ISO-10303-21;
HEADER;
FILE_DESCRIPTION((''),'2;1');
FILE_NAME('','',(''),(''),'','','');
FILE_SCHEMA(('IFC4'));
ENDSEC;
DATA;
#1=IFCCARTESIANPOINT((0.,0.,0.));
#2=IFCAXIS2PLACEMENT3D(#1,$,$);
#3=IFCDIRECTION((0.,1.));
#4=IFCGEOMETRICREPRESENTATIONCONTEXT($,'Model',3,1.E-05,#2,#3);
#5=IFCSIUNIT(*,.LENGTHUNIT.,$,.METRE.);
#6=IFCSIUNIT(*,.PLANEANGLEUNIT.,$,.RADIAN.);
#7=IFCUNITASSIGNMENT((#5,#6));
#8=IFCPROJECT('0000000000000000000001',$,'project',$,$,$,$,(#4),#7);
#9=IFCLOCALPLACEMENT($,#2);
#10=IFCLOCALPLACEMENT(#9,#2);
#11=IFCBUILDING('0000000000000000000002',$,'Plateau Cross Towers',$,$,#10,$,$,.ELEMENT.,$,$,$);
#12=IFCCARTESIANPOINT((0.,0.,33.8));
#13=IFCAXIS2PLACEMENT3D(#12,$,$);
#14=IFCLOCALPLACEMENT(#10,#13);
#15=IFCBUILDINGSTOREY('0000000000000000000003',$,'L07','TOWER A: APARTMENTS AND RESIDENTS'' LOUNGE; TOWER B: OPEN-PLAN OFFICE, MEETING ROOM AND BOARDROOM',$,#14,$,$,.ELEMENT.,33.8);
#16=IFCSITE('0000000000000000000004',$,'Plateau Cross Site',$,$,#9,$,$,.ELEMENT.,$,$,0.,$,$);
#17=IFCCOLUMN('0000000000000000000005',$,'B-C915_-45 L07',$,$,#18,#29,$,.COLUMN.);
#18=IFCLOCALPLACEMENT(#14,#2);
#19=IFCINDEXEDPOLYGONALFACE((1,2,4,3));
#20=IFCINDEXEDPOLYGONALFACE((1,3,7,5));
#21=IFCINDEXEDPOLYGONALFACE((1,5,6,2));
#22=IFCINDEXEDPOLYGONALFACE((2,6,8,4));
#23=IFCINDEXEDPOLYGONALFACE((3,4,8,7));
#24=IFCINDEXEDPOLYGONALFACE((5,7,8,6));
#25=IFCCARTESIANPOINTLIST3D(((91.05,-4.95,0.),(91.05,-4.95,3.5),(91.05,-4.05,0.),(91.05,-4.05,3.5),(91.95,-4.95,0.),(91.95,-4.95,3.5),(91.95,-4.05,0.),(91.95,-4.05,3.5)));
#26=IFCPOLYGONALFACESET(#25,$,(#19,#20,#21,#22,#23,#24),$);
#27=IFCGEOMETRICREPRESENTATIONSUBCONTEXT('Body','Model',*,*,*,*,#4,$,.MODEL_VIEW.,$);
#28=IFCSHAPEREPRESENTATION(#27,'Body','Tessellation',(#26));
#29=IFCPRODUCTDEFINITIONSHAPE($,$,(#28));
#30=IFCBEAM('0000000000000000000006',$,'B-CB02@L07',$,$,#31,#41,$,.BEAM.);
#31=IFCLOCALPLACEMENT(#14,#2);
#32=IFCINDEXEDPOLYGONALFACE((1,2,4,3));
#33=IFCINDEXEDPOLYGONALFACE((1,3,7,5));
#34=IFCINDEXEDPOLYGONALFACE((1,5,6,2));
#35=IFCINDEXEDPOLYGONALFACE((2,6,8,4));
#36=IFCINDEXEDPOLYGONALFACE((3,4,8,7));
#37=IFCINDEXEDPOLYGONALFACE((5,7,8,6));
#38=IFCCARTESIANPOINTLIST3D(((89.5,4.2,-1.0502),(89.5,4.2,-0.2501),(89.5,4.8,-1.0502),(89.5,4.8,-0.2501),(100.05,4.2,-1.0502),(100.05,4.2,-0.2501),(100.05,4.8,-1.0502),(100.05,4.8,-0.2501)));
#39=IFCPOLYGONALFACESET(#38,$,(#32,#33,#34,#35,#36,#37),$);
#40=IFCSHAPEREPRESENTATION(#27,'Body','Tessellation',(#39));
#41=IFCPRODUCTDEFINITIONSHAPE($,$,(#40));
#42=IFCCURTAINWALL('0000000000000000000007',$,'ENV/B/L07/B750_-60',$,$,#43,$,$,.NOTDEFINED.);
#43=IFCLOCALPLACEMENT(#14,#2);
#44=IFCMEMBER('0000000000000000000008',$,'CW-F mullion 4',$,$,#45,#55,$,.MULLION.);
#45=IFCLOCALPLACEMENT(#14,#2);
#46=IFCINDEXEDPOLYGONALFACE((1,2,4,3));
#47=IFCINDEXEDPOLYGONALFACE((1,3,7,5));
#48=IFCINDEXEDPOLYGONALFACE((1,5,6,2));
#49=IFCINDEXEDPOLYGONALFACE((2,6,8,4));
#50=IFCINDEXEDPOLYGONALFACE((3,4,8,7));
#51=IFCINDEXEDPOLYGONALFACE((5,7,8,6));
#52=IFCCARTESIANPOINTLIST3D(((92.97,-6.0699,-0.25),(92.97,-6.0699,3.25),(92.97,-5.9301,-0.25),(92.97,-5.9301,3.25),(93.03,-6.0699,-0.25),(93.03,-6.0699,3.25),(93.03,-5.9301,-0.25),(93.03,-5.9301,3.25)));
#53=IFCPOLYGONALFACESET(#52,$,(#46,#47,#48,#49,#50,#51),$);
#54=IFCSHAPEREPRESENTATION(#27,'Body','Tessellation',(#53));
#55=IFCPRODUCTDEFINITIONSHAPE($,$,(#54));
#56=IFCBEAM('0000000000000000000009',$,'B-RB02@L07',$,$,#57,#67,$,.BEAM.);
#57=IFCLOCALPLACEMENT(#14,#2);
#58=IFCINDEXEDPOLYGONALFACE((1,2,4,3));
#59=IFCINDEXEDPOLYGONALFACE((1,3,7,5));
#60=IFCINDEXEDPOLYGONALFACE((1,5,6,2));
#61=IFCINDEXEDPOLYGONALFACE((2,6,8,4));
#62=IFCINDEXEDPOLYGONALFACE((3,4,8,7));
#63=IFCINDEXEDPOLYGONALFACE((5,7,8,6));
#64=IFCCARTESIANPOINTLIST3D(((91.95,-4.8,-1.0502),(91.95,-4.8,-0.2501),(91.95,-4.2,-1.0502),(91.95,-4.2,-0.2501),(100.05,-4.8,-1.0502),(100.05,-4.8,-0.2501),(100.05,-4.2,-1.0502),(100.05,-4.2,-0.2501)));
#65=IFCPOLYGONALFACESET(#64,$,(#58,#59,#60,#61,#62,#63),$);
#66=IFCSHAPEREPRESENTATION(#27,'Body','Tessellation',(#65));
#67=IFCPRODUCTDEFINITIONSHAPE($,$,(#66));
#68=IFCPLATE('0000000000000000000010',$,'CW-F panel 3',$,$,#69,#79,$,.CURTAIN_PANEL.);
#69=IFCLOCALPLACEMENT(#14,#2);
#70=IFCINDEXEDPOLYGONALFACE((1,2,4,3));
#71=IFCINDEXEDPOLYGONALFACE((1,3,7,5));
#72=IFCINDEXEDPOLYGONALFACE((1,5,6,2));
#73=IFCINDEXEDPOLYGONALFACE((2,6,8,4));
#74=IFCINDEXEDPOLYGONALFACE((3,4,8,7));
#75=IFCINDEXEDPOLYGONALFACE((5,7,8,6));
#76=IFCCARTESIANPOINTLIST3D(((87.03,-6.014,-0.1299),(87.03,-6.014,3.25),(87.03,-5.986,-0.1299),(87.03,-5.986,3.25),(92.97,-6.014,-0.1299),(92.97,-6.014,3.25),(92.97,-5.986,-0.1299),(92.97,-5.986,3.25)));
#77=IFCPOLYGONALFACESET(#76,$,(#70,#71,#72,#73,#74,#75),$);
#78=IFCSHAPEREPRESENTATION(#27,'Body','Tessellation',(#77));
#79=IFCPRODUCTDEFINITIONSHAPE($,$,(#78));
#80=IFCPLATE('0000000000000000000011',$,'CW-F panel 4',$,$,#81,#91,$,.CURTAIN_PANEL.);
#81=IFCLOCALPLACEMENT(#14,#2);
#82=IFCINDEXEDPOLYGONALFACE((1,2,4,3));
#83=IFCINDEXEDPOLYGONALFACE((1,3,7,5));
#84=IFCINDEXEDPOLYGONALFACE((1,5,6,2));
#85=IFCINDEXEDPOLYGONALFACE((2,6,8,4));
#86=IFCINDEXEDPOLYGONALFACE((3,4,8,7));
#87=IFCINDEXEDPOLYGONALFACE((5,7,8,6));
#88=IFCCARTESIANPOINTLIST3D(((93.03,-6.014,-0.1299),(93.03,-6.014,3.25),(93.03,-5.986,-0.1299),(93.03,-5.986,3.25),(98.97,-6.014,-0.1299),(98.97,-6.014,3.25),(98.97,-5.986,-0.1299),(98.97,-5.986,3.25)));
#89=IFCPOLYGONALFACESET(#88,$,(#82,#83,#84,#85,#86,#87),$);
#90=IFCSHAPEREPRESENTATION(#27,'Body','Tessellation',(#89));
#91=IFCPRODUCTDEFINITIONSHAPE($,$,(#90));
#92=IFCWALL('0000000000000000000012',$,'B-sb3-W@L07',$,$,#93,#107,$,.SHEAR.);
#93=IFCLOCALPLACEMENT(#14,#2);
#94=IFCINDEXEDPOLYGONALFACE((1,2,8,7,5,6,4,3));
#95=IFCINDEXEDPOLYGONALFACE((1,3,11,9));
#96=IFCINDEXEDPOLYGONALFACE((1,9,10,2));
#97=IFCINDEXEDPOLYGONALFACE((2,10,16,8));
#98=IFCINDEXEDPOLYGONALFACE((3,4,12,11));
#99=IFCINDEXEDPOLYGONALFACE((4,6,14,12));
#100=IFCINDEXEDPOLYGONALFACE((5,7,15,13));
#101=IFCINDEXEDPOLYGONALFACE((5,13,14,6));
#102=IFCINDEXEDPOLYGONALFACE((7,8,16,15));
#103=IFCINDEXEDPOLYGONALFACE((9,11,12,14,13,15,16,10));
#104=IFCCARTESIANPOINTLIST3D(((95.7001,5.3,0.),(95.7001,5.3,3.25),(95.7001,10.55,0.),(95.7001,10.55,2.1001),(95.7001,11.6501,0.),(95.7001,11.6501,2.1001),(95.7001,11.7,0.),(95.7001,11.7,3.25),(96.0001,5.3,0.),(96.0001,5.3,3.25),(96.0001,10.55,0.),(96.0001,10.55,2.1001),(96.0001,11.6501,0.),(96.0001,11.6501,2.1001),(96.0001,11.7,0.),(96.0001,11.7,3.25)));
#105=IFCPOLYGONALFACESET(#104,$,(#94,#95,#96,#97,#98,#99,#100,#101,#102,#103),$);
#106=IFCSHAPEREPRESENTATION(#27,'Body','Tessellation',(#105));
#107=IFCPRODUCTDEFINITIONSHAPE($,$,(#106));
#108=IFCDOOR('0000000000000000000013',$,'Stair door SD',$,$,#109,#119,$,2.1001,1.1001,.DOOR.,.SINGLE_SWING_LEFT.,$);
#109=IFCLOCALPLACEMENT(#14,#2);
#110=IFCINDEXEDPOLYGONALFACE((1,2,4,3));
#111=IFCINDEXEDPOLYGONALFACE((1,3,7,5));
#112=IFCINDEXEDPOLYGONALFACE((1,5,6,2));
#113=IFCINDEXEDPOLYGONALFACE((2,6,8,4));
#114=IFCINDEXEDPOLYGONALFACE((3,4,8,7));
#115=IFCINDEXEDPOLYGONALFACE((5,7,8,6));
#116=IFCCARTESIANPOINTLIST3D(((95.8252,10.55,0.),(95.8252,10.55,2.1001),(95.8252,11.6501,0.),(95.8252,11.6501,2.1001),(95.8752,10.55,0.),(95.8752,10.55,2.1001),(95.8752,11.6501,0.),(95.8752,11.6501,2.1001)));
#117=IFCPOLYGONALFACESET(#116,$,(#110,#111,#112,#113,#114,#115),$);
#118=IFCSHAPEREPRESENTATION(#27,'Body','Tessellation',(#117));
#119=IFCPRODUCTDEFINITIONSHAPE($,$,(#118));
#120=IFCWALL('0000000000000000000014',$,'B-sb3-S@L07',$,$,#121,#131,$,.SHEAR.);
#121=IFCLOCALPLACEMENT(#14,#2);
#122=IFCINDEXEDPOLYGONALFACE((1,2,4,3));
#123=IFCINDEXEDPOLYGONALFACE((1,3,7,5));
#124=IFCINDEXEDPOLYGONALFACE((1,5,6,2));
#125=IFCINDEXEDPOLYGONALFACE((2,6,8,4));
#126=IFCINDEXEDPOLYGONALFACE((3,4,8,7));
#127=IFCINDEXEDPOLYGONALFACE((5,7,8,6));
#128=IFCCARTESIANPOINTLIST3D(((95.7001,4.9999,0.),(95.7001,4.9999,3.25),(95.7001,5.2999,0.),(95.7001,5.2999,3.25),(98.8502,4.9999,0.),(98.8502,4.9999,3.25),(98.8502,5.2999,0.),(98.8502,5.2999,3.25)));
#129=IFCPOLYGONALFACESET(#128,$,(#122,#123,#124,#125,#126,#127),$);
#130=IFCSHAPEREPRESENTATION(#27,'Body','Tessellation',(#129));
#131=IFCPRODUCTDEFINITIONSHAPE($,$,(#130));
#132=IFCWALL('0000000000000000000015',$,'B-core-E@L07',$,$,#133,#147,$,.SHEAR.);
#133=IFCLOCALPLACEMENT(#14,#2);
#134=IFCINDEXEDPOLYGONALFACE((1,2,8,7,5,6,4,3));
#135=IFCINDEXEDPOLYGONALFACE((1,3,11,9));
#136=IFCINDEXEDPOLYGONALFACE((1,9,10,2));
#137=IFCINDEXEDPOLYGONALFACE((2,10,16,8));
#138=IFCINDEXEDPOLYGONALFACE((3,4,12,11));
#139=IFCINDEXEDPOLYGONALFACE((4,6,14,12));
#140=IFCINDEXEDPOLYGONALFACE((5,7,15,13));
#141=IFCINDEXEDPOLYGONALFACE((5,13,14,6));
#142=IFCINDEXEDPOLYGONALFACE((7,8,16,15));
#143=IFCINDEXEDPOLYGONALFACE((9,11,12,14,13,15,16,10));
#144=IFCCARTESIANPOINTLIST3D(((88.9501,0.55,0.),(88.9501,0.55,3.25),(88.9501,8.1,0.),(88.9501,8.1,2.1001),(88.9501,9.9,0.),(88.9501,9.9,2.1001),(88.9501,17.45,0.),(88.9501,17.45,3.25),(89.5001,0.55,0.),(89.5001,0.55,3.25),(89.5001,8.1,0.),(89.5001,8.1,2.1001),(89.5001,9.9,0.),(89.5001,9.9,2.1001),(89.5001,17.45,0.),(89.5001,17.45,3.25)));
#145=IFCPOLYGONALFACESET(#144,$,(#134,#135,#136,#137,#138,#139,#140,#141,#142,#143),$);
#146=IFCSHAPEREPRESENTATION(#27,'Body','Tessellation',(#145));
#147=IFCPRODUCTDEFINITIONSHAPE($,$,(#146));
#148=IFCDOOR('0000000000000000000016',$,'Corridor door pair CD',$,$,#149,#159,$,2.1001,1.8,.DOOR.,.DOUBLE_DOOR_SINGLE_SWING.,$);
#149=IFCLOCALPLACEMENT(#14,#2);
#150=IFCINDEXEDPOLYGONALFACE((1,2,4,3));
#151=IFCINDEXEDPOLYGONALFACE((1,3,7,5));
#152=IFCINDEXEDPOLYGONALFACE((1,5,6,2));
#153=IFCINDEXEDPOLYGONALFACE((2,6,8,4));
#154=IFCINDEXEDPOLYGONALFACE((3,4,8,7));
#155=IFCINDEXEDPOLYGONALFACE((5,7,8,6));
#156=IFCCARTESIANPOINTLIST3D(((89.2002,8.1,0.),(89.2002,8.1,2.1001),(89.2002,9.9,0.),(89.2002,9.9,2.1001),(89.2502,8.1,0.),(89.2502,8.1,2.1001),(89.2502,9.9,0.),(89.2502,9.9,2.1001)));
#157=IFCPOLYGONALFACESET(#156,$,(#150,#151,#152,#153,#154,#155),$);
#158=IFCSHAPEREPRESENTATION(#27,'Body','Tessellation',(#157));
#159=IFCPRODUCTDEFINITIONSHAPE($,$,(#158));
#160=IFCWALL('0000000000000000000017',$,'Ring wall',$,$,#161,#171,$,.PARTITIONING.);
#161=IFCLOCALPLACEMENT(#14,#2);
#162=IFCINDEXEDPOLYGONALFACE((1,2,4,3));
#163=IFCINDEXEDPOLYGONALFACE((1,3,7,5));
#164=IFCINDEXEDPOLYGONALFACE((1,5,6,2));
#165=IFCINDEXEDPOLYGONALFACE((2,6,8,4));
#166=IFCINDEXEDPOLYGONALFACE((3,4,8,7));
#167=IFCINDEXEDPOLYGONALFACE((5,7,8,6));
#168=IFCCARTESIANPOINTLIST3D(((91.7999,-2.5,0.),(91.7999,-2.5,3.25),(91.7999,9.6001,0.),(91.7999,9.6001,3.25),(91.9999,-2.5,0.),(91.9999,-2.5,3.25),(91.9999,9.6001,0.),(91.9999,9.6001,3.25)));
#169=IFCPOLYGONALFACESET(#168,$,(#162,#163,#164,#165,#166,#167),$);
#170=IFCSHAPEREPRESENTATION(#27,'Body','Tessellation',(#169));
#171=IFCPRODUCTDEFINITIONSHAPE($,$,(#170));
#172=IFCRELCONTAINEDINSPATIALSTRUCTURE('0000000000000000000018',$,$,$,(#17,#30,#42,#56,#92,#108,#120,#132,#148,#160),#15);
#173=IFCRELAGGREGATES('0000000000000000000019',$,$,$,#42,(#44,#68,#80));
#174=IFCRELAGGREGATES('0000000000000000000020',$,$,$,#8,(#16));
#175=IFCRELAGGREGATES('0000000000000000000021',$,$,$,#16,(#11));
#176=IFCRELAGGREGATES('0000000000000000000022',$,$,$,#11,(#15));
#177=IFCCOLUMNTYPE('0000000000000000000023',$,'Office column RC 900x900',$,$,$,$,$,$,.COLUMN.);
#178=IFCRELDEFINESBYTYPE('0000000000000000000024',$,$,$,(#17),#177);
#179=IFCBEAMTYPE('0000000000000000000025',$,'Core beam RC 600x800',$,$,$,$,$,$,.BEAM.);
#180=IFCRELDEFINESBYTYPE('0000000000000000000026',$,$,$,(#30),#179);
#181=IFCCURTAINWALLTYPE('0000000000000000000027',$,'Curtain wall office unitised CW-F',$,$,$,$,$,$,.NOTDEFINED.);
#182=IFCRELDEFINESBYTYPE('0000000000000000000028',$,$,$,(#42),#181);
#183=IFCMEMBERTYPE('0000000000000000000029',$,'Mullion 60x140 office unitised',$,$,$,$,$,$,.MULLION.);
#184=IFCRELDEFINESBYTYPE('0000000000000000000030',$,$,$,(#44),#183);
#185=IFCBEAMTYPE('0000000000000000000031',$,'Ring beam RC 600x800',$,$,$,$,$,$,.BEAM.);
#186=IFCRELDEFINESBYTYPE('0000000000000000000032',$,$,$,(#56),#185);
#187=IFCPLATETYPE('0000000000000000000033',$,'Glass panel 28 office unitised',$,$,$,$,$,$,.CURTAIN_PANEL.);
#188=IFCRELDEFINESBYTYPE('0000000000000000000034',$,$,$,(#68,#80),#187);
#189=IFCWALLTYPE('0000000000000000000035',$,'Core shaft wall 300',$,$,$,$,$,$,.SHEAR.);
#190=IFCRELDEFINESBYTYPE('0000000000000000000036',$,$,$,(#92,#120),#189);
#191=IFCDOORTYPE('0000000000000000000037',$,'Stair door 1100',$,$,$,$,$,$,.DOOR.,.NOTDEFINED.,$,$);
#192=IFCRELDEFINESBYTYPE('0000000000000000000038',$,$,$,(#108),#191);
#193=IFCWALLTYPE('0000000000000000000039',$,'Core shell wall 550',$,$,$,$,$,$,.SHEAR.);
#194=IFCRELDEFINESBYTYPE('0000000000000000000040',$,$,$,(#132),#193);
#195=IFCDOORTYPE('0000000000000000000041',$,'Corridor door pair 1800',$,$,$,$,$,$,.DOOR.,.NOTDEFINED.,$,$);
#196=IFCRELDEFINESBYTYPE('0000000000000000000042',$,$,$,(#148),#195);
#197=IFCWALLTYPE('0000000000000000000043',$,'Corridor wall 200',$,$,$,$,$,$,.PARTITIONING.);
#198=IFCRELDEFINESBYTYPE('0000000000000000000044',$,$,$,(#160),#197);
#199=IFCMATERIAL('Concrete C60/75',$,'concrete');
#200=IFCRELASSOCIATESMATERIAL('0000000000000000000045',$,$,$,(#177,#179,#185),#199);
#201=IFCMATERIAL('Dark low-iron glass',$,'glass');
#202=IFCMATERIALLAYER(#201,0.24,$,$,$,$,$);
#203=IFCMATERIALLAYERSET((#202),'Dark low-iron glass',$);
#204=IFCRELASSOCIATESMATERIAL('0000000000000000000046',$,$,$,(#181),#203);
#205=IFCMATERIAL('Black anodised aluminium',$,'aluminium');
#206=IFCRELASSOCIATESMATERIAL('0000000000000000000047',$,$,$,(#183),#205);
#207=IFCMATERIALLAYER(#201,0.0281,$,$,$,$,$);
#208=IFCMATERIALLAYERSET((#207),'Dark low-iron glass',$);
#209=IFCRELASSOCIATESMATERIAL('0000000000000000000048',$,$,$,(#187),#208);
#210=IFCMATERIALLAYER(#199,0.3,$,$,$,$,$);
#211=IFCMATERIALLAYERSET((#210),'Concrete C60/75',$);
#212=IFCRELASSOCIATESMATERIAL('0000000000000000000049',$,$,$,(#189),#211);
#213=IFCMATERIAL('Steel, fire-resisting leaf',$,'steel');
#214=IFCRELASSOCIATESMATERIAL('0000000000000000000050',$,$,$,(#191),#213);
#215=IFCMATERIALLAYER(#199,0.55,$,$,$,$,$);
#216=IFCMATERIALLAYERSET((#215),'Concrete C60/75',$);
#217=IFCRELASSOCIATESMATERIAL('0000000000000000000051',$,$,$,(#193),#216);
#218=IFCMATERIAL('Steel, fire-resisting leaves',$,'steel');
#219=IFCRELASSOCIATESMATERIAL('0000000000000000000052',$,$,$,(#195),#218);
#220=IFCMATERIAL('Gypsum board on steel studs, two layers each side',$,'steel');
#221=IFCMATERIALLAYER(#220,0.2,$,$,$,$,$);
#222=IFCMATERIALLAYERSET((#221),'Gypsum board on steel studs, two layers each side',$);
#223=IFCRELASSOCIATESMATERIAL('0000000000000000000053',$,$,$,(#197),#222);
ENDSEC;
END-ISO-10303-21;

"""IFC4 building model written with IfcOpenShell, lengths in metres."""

from ifc_helpers import new_model, si_unit, direction, frame, frame_2d, origin, origin_2d, place, context, subcontext, project, spatial, rectangle, extrude, material, layer, layer_set, material_profile, profile_set, type_object, element, fill, aggregate, save


model = new_model("IFC4")

# Units and contexts
model_context = context("Model", 3, precision=1e-05, world=origin(), true_north=direction((0.0, 1.0)))
body_context = subcontext(model_context, "Body", "Model", "MODEL_VIEW")
ifc_project = project(units=[si_unit("LENGTHUNIT", "METRE"), si_unit("PLANEANGLEUNIT", "RADIAN")], contexts=[model_context])

# Site, building, storey
site_placement = place(None, origin())
site = spatial("IfcSite", under=ifc_project, at=site_placement, Name="Plateau Cross Site", CompositionType="ELEMENT", RefElevation=0.0)
building_placement = place(site_placement, origin())
building = spatial("IfcBuilding", under=site, at=building_placement, Name="Plateau Cross Towers", CompositionType="ELEMENT")
storey_placement = place(building_placement, frame((0.0, 0.0, 33.8)))
storey = spatial("IfcBuildingStorey", under=building, at=storey_placement, Name="L07", Description="TOWER A: APARTMENTS AND RESIDENTS' LOUNGE; TOWER B: OPEN-PLAN OFFICE, MEETING ROOM AND BOARDROOM", CompositionType="ELEMENT", Elevation=33.8)

# Column
ifc_material_1 = material(Name="Concrete C60/75", Category="concrete")
ifc_material_profile_1 = material_profile(ifc_material_1, rectangle(XDim=0.8999, YDim=0.8999, at=origin_2d()), Name="RC 900x900")
ifc_profile_set_1 = profile_set([ifc_material_profile_1], Name="Concrete C60/75")
column_type = type_object("IfcColumnType", Name="Office column RC 900x900", PredefinedType="COLUMN", material=ifc_profile_set_1)
column_placement = place(storey_placement, frame((91.5, -4.5, 0.0), z_axis=(0.0, 0.0, 1.0), x_axis=(1.0, 0.0, 0.0)))
element("IfcColumn", 1, at=column_placement, inside=storey, type_object=column_type, Name="B-C915_-45 L07", PredefinedType="COLUMN", context=body_context, shape_type="SweptSolid", body=[
    extrude(rectangle(XDim=0.8999, YDim=0.8999, at=origin_2d()), origin(), (0.0, 0.0, 1.0), 3.5),
])

# Beam
ifc_material_profile_2 = material_profile(ifc_material_1, rectangle(XDim=0.6001, YDim=0.8, at=origin_2d()), Name="RC 600x800")
ifc_profile_set_2 = profile_set([ifc_material_profile_2], Name="Concrete C60/75")
beam_type_1 = type_object("IfcBeamType", Name="Core beam RC 600x800", PredefinedType="BEAM", material=ifc_profile_set_2)
beam_1_placement = place(storey_placement, frame((89.5, 4.5, -0.6501), z_axis=(1.0, 0.0, 0.0), x_axis=(0.0, 1.0, 0.0)))
element("IfcBeam", 2, at=beam_1_placement, inside=storey, type_object=beam_type_1, Name="B-CB02@L07", PredefinedType="BEAM", context=body_context, shape_type="SweptSolid", body=[
    extrude(rectangle(XDim=0.6001, YDim=0.8, at=origin_2d()), origin(), (0.0, 0.0, 1.0), 10.55),
])

# Curtain wall, member
ifc_material_2 = material(Name="Dark low-iron glass", Category="glass")
ifc_layer_1 = layer(ifc_material_2, 0.24)
ifc_layer_set_1 = layer_set([ifc_layer_1], Name="Dark low-iron glass")
curtain_wall_type = type_object("IfcCurtainWallType", Name="Curtain wall office unitised CW-F", PredefinedType="NOTDEFINED", material=ifc_layer_set_1)
curtain_wall_placement = place(storey_placement, origin())
curtain_wall = element("IfcCurtainWall", 3, at=curtain_wall_placement, inside=storey, type_object=curtain_wall_type, Name="ENV/B/L07/B750_-60", PredefinedType="NOTDEFINED")
ifc_material_3 = material(Name="Black anodised aluminium", Category="aluminium")
ifc_material_profile_3 = material_profile(ifc_material_3, rectangle(XDim=0.0601, YDim=0.1399, at=origin_2d()), Name="MULLION 60x140")
ifc_profile_set_3 = profile_set([ifc_material_profile_3], Name="Black anodised aluminium")
member_type = type_object("IfcMemberType", Name="Mullion 60x140 office unitised", PredefinedType="MULLION", material=ifc_profile_set_3)
member_placement = place(storey_placement, frame((93.0, -6.0, -0.25), z_axis=(0.0, 0.0, 1.0), x_axis=(1.0, 0.0, 0.0)))
member = element("IfcMember", 4, at=member_placement, type_object=member_type, Name="CW-F mullion 4", PredefinedType="MULLION", context=body_context, shape_type="SweptSolid", body=[
    extrude(rectangle(XDim=0.0601, YDim=0.1399, at=origin_2d()), origin(), (0.0, 0.0, 1.0), 3.5),
])

# Beam
ifc_material_profile_4 = material_profile(ifc_material_1, rectangle(XDim=0.6001, YDim=0.8, at=origin_2d()), Name="RC 600x800")
ifc_profile_set_4 = profile_set([ifc_material_profile_4], Name="Concrete C60/75")
beam_type_2 = type_object("IfcBeamType", Name="Ring beam RC 600x800", PredefinedType="BEAM", material=ifc_profile_set_4)
beam_2_placement = place(storey_placement, frame((91.95, -4.5, -0.6501), z_axis=(1.0, 0.0, 0.0), x_axis=(0.0, 1.0, 0.0)))
element("IfcBeam", 5, at=beam_2_placement, inside=storey, type_object=beam_type_2, Name="B-RB02@L07", PredefinedType="BEAM", context=body_context, shape_type="SweptSolid", body=[
    extrude(rectangle(XDim=0.6001, YDim=0.8, at=origin_2d()), origin(), (0.0, 0.0, 1.0), 8.1001),
])

# Plates
ifc_layer_2 = layer(ifc_material_2, 0.0281)
ifc_layer_set_2 = layer_set([ifc_layer_2], Name="Dark low-iron glass")
plate_type = type_object("IfcPlateType", Name="Glass panel 28 office unitised", PredefinedType="CURTAIN_PANEL", material=ifc_layer_set_2)
plate_1_placement = place(storey_placement, frame((90.0, -6.0, -0.1299), z_axis=(0.0, 0.0, 1.0), x_axis=(1.0, 0.0, 0.0)))
plate_1 = element("IfcPlate", 6, at=plate_1_placement, type_object=plate_type, Name="CW-F panel 3", PredefinedType="CURTAIN_PANEL", context=body_context, shape_type="SweptSolid", body=[
    extrude(rectangle(XDim=5.9399, YDim=0.0281, at=origin_2d()), origin(), (0.0, 0.0, 1.0), 3.3799),
])
plate_2_placement = place(storey_placement, frame((96.0, -6.0, -0.1299), z_axis=(0.0, 0.0, 1.0), x_axis=(1.0, 0.0, 0.0)))
plate_2 = element("IfcPlate", 7, at=plate_2_placement, type_object=plate_type, Name="CW-F panel 4", PredefinedType="CURTAIN_PANEL", context=body_context, shape_type="SweptSolid", body=[
    extrude(rectangle(XDim=5.9399, YDim=0.0281, at=origin_2d()), origin(), (0.0, 0.0, 1.0), 3.3799),
])
aggregate(curtain_wall, [member, plate_1, plate_2])

# Wall, opening, door
ifc_layer_3 = layer(ifc_material_1, 0.3)
ifc_layer_set_3 = layer_set([ifc_layer_3], Name="Concrete C60/75")
wall_type_1 = type_object("IfcWallType", Name="Core shaft wall 300", PredefinedType="SHEAR", material=ifc_layer_set_3)
wall_1_placement = place(storey_placement, frame((95.8501, 5.3, 0.0), z_axis=(0.0, 0.0, 1.0), x_axis=(0.0, 1.0, 0.0)))
wall_1 = element("IfcWall", 8, at=wall_1_placement, inside=storey, type_object=wall_type_1, Name="B-sb3-W@L07", PredefinedType="SHEAR", context=body_context, shape_type="SweptSolid", body=[
    extrude(rectangle(XDim=6.3999, YDim=0.3, at=frame_2d((3.2, 0.0))), origin(), (0.0, 0.0, 1.0), 3.25),
])
opening_1_placement = place(wall_1_placement, frame((5.25, 0.0, 0.0)))
opening_1 = element("IfcOpeningElement", 9, at=opening_1_placement, cuts=wall_1, PredefinedType="OPENING", context=body_context, shape_type="SweptSolid", body=[
    extrude(rectangle(XDim=1.1001, YDim=2.1001, at=frame_2d((0.55, 1.05))), frame((0.0, 0.1599, 0.0), z_axis=(0.0, -1.0, 0.0), x_axis=(1.0, 0.0, 0.0)), (0.0, 0.0, 1.0), 0.3201),
])
ifc_material_4 = material(Name="Steel, fire-resisting leaf", Category="steel")
door_type_1 = type_object("IfcDoorType", Name="Stair door 1100", OperationType="NOTDEFINED", PredefinedType="DOOR", material=ifc_material_4)
door_1_placement = place(opening_1_placement, origin())
door_1 = element("IfcDoor", 10, at=door_1_placement, inside=storey, type_object=door_type_1, Name="Stair door SD", OperationType="SINGLE_SWING_LEFT", OverallHeight=2.1001, OverallWidth=1.1001, PredefinedType="DOOR", context=body_context, shape_type="SweptSolid", body=[
    extrude(rectangle(XDim=1.1001, YDim=2.1001, at=frame_2d((0.55, 1.05))), frame((0.0, 0.0249, 0.0), z_axis=(0.0, -1.0, 0.0), x_axis=(1.0, 0.0, 0.0)), (0.0, 0.0, 1.0), 0.05),
])
fill(opening_1, door_1)

# Wall
wall_2_placement = place(storey_placement, frame((95.7, 5.1499, 0.0), z_axis=(0.0, 0.0, 1.0), x_axis=(1.0, 0.0, 0.0)))
element("IfcWall", 11, at=wall_2_placement, inside=storey, type_object=wall_type_1, Name="B-sb3-S@L07", PredefinedType="SHEAR", context=body_context, shape_type="SweptSolid", body=[
    extrude(rectangle(XDim=3.1501, YDim=0.3, at=frame_2d((1.5752, 0.0))), origin(), (0.0, 0.0, 1.0), 3.25),
])

# Wall, opening, door
ifc_layer_4 = layer(ifc_material_1, 0.55)
ifc_layer_set_4 = layer_set([ifc_layer_4], Name="Concrete C60/75")
wall_type_2 = type_object("IfcWallType", Name="Core shell wall 550", PredefinedType="SHEAR", material=ifc_layer_set_4)
wall_3_placement = place(storey_placement, frame((89.2251, 0.55, 0.0), z_axis=(0.0, 0.0, 1.0), x_axis=(0.0, 1.0, 0.0)))
wall_3 = element("IfcWall", 12, at=wall_3_placement, inside=storey, type_object=wall_type_2, Name="B-core-E@L07", PredefinedType="SHEAR", context=body_context, shape_type="SweptSolid", body=[
    extrude(rectangle(XDim=16.8999, YDim=0.55, at=frame_2d((8.45, 0.0))), origin(), (0.0, 0.0, 1.0), 3.25),
])
opening_2_placement = place(wall_3_placement, frame((7.55, 0.0, 0.0)))
opening_2 = element("IfcOpeningElement", 13, at=opening_2_placement, cuts=wall_3, PredefinedType="OPENING", context=body_context, shape_type="SweptSolid", body=[
    extrude(rectangle(XDim=1.8, YDim=2.1001, at=frame_2d((0.8999, 1.05))), frame((0.0, 0.2849, 0.0), z_axis=(0.0, -1.0, 0.0), x_axis=(1.0, 0.0, 0.0)), (0.0, 0.0, 1.0), 0.5701),
])
ifc_material_5 = material(Name="Steel, fire-resisting leaves", Category="steel")
door_type_2 = type_object("IfcDoorType", Name="Corridor door pair 1800", OperationType="NOTDEFINED", PredefinedType="DOOR", material=ifc_material_5)
door_2_placement = place(opening_2_placement, origin())
door_2 = element("IfcDoor", 14, at=door_2_placement, inside=storey, type_object=door_type_2, Name="Corridor door pair CD", OperationType="DOUBLE_DOOR_SINGLE_SWING", OverallHeight=2.1001, OverallWidth=1.8, PredefinedType="DOOR", context=body_context, shape_type="SweptSolid", body=[
    extrude(rectangle(XDim=1.8, YDim=2.1001, at=frame_2d((0.8999, 1.05))), frame((0.0, 0.0249, 0.0), z_axis=(0.0, -1.0, 0.0), x_axis=(1.0, 0.0, 0.0)), (0.0, 0.0, 1.0), 0.05),
])
fill(opening_2, door_2)

# Wall
ifc_material_6 = material(Name="Gypsum board on steel studs, two layers each side", Category="steel")
ifc_layer_5 = layer(ifc_material_6, 0.2)
ifc_layer_set_5 = layer_set([ifc_layer_5], Name="Gypsum board on steel studs, two layers each side")
wall_type_3 = type_object("IfcWallType", Name="Corridor wall 200", PredefinedType="PARTITIONING", material=ifc_layer_set_5)
wall_4_placement = place(storey_placement, frame((91.8999, -2.5, 0.0), z_axis=(0.0, 0.0, 1.0), x_axis=(0.0, 1.0, 0.0)))
element("IfcWall", 15, at=wall_4_placement, inside=storey, type_object=wall_type_3, Name="Ring wall", PredefinedType="PARTITIONING", context=body_context, shape_type="SweptSolid", body=[
    extrude(rectangle(XDim=12.1001, YDim=0.2, at=frame_2d((6.05, 0.0))), origin(), (0.0, 0.0, 1.0), 3.25),
])

save(model, "model.ifc")
